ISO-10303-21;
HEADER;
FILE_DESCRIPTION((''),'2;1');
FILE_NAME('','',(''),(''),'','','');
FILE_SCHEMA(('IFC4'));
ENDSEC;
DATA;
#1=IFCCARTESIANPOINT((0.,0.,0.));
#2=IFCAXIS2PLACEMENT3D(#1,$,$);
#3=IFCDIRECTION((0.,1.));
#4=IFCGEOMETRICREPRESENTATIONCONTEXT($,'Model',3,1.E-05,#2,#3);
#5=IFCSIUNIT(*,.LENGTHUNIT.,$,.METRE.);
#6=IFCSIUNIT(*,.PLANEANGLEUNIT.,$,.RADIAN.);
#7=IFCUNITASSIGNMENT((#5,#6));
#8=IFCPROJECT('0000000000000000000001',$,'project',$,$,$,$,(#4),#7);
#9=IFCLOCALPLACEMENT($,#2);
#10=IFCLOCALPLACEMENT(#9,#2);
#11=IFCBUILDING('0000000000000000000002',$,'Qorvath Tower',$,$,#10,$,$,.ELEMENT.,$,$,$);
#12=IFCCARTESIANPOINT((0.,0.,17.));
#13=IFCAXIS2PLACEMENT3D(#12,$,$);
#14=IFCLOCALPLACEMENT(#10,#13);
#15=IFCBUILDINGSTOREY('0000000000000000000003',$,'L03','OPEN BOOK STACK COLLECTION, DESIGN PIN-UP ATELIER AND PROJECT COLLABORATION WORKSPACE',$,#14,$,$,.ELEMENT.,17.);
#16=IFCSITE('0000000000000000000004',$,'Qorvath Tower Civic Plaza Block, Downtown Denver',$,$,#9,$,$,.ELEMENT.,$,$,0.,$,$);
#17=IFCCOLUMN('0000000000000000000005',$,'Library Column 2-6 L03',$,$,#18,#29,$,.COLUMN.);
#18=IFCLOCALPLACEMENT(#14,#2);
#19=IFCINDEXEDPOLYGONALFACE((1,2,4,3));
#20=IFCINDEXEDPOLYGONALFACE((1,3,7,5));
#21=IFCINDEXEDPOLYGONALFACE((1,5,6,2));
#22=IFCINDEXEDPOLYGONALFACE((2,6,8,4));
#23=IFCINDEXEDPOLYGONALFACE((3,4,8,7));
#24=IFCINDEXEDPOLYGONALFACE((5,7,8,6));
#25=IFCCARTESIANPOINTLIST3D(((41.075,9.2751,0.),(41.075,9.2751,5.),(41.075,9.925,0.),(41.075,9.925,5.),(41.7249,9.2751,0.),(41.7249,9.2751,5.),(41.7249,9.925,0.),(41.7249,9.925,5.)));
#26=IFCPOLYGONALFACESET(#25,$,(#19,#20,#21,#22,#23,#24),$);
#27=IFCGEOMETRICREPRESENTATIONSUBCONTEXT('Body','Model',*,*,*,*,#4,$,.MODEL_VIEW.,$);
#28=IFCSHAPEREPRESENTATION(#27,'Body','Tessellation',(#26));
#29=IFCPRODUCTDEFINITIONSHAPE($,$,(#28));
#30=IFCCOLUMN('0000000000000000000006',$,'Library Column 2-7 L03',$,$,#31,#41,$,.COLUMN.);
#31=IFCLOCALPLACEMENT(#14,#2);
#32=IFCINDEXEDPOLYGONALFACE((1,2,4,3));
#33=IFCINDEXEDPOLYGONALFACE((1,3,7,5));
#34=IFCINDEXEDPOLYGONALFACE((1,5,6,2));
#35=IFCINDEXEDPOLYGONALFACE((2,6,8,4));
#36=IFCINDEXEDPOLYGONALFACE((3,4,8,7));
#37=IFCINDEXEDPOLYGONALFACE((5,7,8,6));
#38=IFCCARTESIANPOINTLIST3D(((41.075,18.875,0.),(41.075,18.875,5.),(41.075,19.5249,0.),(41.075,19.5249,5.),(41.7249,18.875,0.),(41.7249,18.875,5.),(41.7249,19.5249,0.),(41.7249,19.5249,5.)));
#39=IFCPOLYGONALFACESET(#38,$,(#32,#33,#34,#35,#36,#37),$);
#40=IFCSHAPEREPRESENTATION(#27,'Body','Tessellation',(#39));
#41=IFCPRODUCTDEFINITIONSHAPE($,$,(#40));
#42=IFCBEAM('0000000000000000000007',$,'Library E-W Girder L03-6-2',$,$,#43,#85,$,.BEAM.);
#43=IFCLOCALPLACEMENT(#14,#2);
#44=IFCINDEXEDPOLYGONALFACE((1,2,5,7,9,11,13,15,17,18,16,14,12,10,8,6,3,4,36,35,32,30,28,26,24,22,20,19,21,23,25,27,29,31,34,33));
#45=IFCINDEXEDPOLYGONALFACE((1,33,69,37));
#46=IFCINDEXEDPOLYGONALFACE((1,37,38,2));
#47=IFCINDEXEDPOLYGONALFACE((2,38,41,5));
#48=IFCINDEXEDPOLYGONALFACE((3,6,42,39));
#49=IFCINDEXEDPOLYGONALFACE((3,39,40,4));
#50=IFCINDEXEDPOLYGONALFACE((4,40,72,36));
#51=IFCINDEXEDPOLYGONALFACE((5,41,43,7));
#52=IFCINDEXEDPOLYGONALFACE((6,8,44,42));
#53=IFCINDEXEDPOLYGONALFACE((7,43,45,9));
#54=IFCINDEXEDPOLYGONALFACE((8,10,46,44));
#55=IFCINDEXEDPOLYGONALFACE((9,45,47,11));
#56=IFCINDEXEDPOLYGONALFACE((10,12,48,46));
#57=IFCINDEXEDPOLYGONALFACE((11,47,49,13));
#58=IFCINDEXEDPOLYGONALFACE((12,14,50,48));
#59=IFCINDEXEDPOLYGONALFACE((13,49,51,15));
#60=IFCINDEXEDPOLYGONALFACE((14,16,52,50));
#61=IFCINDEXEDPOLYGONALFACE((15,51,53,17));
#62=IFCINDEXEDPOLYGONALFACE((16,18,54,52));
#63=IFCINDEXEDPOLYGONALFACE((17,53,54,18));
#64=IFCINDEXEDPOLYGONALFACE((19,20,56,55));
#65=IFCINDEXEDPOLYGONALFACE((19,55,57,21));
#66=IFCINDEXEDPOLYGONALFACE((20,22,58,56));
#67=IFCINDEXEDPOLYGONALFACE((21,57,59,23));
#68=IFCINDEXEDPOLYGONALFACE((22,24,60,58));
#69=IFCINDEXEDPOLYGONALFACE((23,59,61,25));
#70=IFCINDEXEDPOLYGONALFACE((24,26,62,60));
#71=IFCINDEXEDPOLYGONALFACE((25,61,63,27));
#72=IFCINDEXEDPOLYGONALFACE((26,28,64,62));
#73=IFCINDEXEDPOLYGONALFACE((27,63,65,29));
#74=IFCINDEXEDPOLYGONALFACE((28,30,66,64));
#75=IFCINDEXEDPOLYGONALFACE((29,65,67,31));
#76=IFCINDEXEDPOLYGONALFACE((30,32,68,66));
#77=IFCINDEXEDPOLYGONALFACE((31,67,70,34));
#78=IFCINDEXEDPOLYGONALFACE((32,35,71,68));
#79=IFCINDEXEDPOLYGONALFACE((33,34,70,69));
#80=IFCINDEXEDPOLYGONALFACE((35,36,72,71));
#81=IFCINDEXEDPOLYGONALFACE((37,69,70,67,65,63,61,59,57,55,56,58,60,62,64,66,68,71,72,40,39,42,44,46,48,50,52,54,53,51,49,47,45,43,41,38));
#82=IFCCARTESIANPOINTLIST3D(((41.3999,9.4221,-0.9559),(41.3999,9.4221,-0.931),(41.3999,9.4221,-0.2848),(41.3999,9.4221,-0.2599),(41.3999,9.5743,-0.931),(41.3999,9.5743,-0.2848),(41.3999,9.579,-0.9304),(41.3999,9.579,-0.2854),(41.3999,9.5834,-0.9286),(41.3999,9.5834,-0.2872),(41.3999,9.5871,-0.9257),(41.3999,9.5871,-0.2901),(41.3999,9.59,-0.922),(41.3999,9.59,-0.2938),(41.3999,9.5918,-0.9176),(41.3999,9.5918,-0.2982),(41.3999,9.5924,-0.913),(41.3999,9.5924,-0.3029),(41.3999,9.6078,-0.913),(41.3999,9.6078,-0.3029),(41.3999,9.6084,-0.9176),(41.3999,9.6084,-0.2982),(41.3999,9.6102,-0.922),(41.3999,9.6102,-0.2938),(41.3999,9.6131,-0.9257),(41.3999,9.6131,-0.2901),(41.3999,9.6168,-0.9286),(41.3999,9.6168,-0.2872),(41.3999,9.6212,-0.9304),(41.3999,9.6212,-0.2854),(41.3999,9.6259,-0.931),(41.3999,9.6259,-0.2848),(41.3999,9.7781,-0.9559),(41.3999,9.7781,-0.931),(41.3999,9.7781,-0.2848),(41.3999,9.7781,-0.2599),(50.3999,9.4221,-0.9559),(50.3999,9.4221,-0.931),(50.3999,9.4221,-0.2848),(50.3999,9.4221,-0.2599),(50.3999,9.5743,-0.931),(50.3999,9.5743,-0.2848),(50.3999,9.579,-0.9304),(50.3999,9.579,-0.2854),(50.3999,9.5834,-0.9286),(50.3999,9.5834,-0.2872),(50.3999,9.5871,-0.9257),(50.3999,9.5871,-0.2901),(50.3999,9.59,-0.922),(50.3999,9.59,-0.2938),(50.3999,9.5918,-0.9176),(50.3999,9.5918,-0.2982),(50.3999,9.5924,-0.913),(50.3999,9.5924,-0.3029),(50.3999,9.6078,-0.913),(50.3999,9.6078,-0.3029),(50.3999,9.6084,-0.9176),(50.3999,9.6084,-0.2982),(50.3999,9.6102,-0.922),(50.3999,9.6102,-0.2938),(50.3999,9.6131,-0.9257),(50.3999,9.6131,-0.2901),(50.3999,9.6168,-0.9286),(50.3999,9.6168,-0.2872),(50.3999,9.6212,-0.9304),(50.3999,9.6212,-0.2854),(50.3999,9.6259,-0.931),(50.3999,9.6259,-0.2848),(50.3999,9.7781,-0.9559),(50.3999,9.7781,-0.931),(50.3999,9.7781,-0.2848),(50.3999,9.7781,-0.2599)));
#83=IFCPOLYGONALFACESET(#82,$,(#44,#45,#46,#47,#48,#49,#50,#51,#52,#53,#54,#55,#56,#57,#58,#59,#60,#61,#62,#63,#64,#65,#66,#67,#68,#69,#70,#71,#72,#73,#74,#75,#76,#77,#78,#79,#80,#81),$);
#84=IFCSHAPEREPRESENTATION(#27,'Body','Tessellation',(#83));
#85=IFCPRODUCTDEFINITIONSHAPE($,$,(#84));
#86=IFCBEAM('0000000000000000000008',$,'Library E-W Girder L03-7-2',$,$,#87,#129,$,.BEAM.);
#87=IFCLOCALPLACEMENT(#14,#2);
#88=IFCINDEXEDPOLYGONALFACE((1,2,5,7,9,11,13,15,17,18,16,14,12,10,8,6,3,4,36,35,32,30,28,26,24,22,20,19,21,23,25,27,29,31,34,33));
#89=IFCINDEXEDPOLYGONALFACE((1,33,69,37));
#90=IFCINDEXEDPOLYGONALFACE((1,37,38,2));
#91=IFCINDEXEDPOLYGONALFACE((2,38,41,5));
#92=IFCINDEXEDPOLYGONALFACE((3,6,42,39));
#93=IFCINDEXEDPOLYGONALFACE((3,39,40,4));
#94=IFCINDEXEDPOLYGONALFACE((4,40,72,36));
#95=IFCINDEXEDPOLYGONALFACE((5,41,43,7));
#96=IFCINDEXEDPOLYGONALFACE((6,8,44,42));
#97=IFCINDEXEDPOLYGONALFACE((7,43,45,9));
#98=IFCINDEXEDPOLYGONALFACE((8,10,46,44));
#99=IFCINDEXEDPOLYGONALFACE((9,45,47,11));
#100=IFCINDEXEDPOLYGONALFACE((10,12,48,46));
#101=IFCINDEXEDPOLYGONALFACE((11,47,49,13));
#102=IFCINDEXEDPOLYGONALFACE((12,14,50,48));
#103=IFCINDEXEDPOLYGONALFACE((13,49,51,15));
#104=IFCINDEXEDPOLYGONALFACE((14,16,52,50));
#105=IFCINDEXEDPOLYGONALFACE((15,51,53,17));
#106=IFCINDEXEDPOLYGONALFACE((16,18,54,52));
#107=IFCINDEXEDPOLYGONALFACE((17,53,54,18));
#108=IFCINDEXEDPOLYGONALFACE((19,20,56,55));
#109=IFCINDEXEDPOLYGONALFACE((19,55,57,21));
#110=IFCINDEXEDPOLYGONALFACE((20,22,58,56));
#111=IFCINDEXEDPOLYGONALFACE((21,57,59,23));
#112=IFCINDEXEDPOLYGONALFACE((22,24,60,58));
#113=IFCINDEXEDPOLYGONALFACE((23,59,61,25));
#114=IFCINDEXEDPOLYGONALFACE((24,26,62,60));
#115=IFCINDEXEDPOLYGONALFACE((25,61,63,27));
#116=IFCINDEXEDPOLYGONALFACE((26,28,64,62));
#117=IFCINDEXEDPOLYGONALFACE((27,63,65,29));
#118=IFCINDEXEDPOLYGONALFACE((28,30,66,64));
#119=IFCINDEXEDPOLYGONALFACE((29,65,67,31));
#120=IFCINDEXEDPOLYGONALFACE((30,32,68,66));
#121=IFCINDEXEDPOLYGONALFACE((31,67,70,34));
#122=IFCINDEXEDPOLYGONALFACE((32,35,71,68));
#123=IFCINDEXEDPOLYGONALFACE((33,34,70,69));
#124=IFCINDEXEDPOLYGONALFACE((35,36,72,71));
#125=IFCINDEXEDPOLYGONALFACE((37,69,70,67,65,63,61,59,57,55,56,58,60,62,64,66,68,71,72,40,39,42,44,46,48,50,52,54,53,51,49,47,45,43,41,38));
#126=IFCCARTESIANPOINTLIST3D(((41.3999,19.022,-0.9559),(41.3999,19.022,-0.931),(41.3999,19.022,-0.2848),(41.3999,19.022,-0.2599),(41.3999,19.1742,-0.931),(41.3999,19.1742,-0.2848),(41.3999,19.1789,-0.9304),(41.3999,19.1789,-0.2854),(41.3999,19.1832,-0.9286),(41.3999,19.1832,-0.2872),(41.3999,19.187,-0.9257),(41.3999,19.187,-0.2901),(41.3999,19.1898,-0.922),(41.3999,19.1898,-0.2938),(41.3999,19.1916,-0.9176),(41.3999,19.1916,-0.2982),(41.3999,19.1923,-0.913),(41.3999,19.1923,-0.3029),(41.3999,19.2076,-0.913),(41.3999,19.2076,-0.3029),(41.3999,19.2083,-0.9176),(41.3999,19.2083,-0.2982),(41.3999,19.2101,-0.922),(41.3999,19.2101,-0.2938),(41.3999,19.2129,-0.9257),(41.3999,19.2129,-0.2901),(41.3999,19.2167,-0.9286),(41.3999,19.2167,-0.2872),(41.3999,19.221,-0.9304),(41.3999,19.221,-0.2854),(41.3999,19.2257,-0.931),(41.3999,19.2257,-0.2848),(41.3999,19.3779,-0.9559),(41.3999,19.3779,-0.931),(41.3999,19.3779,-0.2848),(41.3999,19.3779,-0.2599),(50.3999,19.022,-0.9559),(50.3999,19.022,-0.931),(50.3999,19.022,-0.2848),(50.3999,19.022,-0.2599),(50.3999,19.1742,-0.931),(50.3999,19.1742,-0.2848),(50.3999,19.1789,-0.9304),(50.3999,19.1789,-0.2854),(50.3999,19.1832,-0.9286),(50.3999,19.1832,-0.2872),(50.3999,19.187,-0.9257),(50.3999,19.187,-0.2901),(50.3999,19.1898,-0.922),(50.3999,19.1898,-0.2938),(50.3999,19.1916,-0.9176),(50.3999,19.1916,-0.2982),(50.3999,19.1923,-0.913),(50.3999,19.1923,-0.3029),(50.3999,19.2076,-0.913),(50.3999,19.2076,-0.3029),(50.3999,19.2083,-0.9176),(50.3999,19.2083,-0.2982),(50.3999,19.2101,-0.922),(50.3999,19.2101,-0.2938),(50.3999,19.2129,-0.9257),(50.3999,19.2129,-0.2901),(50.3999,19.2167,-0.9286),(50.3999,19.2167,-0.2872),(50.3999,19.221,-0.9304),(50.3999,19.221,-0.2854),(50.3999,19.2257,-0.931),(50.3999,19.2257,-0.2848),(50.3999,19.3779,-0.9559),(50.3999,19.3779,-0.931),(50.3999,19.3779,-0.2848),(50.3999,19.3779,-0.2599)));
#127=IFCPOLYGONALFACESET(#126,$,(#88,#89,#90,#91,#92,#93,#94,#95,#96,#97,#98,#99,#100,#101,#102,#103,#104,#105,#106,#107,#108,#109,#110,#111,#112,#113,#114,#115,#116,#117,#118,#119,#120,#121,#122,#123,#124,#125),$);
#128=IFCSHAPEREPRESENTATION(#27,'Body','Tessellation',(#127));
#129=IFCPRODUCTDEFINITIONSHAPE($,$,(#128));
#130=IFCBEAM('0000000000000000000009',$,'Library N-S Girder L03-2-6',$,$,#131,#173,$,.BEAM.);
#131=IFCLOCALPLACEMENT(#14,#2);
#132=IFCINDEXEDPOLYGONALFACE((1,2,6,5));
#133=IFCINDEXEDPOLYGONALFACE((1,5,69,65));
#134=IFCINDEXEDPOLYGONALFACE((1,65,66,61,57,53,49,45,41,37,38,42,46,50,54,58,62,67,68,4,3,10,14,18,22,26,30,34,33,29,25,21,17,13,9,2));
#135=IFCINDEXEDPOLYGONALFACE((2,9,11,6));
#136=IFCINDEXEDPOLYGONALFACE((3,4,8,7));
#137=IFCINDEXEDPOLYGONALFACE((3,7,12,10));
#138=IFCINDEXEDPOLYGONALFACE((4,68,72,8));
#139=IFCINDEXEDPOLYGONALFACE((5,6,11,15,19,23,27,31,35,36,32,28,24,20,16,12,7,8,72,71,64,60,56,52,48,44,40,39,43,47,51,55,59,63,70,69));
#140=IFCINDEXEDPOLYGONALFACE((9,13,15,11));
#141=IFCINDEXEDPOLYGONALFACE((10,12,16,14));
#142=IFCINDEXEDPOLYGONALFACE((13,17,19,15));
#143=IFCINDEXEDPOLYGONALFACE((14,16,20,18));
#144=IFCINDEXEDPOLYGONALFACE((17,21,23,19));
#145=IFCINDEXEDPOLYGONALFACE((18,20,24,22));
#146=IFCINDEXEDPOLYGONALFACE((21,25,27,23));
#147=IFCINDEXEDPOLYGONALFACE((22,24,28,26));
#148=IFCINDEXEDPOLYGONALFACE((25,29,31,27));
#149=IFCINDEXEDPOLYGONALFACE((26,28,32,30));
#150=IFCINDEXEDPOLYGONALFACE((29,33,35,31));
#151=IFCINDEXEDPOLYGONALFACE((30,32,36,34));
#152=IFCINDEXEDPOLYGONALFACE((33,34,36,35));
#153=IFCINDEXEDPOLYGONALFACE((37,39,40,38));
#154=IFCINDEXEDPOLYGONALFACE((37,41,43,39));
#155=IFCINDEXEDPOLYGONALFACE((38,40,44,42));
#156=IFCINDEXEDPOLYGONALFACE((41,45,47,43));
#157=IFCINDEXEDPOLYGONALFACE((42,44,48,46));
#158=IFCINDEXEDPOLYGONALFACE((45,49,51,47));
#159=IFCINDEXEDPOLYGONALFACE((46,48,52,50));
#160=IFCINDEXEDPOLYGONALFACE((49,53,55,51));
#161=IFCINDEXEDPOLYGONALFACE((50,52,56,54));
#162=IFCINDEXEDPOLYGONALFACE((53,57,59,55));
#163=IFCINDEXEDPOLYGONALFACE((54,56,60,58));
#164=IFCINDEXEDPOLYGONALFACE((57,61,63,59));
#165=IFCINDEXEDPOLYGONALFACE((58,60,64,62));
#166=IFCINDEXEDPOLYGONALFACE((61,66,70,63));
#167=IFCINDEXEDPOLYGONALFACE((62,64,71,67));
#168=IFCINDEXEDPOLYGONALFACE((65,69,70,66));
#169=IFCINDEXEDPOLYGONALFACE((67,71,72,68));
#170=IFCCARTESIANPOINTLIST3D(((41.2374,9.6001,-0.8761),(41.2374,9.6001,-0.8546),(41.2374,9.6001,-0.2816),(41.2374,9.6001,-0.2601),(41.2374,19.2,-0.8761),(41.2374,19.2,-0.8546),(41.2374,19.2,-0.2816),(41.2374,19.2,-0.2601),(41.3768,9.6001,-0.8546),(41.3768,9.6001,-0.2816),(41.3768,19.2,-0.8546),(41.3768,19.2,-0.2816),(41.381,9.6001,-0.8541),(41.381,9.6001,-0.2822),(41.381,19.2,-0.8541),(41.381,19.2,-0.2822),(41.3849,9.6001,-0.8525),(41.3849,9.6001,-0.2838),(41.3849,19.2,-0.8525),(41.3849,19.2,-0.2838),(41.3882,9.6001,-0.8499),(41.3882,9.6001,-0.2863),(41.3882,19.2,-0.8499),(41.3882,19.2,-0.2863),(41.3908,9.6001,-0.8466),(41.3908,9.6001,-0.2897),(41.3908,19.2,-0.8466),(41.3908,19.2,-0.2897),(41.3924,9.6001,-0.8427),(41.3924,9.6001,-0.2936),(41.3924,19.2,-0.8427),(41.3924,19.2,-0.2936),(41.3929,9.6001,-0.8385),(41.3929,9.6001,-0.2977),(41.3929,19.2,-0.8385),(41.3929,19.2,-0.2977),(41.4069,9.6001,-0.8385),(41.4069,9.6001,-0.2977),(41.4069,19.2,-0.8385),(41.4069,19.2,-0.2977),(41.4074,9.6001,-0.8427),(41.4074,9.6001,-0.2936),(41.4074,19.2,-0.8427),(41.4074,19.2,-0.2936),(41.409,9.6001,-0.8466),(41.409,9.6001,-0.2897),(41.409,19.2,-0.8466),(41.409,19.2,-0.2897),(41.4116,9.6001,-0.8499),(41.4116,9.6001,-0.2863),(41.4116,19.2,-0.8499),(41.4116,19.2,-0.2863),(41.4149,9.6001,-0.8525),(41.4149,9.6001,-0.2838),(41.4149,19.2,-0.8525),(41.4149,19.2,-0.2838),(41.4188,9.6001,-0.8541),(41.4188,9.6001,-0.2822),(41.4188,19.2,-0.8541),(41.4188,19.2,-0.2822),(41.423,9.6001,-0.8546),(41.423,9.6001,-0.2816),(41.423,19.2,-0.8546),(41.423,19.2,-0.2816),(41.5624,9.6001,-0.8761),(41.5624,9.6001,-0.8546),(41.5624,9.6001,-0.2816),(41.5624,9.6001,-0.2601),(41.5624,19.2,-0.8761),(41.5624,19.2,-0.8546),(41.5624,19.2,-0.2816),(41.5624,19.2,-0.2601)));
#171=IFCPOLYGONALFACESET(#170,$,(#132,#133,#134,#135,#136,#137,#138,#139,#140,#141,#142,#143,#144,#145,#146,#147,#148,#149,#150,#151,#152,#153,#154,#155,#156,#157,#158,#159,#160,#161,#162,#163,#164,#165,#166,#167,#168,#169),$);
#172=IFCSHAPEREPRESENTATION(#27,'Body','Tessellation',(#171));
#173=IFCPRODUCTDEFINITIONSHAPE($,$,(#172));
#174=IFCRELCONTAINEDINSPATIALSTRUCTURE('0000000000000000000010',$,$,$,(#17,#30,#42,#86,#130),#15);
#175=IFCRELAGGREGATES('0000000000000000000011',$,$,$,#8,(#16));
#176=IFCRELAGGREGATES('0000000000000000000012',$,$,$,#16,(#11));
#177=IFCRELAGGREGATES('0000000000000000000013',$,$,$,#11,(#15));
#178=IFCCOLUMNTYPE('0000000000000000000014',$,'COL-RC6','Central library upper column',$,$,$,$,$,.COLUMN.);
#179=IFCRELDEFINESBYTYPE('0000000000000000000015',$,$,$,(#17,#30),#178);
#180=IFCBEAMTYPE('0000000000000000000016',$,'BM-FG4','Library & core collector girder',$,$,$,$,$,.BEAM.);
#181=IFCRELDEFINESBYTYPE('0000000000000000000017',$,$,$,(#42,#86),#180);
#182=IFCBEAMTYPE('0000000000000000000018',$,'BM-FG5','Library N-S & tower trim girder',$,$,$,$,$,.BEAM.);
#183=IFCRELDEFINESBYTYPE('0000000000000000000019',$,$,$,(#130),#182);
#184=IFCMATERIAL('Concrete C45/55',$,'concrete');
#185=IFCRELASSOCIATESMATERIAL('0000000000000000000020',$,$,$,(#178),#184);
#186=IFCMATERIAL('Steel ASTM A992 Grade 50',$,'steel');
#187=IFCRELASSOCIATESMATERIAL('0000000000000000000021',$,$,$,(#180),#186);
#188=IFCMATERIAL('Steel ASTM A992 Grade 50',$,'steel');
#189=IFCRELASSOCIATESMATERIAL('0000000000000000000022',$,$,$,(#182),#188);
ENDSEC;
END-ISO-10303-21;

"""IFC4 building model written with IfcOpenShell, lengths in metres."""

from ifc_helpers import new_model, si_unit, direction, frame, origin, origin_2d, place, context, subcontext, project, spatial, rectangle, i_section, extrude, material, material_profile, profile_set, type_object, element, save


model = new_model("IFC4")

# Units and contexts
model_context = context("Model", 3, precision=1e-05, world=origin(), true_north=direction((0.0, 1.0)))
body_context = subcontext(model_context, "Body", "Model", "MODEL_VIEW")
ifc_project = project(units=[si_unit("LENGTHUNIT", "METRE"), si_unit("PLANEANGLEUNIT", "RADIAN")], contexts=[model_context])

# Site, building, storey
site_placement = place(None, origin())
site = spatial("IfcSite", under=ifc_project, at=site_placement, Name="Qorvath Tower Civic Plaza Block, Downtown Denver", CompositionType="ELEMENT", RefElevation=0.0)
building_placement = place(site_placement, origin())
building = spatial("IfcBuilding", under=site, at=building_placement, Name="Qorvath Tower", CompositionType="ELEMENT")
storey_placement = place(building_placement, frame((0.0, 0.0, 17.0)))
storey = spatial("IfcBuildingStorey", under=building, at=storey_placement, Name="L03", Description="OPEN BOOK STACK COLLECTION, DESIGN PIN-UP ATELIER AND PROJECT COLLABORATION WORKSPACE", CompositionType="ELEMENT", Elevation=17.0)

# Columns
ifc_material_1 = material(Name="Concrete C45/55", Category="concrete")
ifc_material_profile_1 = material_profile(ifc_material_1, rectangle(XDim=0.6499, YDim=0.6499, at=origin_2d()), Name="RC 650x650")
ifc_profile_set_1 = profile_set([ifc_material_profile_1], Name="Concrete C45/55")
column_type = type_object("IfcColumnType", Name="COL-RC6", Description="Central library upper column", PredefinedType="COLUMN", material=ifc_profile_set_1)
for number, where, z_axis, x_axis, name in (
    (1, (41.3999, 9.6001, 0.0), (0.0, 0.0, 1.0), (1.0, 0.0, 0.0), "Library Column 2-6 L03"),
    (2, (41.3999, 19.2, 0.0), (0.0, 0.0, 1.0), (1.0, 0.0, 0.0), "Library Column 2-7 L03"),
):
    element("IfcColumn", number, at=place(storey_placement, frame(where, z_axis=z_axis, x_axis=x_axis)), inside=storey, type_object=column_type, Name=name, PredefinedType="COLUMN", context=body_context, shape_type="SweptSolid", body=[
        extrude(rectangle(XDim=0.6499, YDim=0.6499, at=origin_2d()), origin(), (0.0, 0.0, 1.0), 5.0),
    ])

# Beams
ifc_material_2 = material(Name="Steel ASTM A992 Grade 50", Category="steel")
ifc_material_profile_2 = material_profile(ifc_material_2, i_section(OverallWidth=0.356, OverallDepth=0.696, WebThickness=0.0154, FlangeThickness=0.0249, FilletRadius=0.0181, at=origin_2d()), Name="W27x146")
ifc_profile_set_2 = profile_set([ifc_material_profile_2], Name="Steel ASTM A992 Grade 50")
beam_type_1 = type_object("IfcBeamType", Name="BM-FG4", Description="Library & core collector girder", PredefinedType="BEAM", material=ifc_profile_set_2)
for number, where, z_axis, x_axis, name in (
    (3, (41.3999, 9.6001, -0.6079), (1.0, 0.0, 0.0), (0.0, 1.0, 0.0), "Library E-W Girder L03-6-2"),
    (4, (41.3999, 19.2, -0.6079), (1.0, 0.0, 0.0), (0.0, 1.0, 0.0), "Library E-W Girder L03-7-2"),
):
    element("IfcBeam", number, at=place(storey_placement, frame(where, z_axis=z_axis, x_axis=x_axis)), inside=storey, type_object=beam_type_1, Name=name, PredefinedType="BEAM", context=body_context, shape_type="SweptSolid", body=[
        extrude(i_section(OverallWidth=0.356, OverallDepth=0.696, WebThickness=0.0154, FlangeThickness=0.0249, FilletRadius=0.0181, at=origin_2d()), origin(), (0.0, 0.0, 1.0), 9.0),
    ])
ifc_material_3 = material(Name="Steel ASTM A992 Grade 50", Category="steel")
ifc_material_profile_3 = material_profile(ifc_material_3, i_section(OverallWidth=0.325, OverallDepth=0.616, WebThickness=0.0139, FlangeThickness=0.0215, FilletRadius=0.0161, at=origin_2d()), Name="W24x117")
ifc_profile_set_3 = profile_set([ifc_material_profile_3], Name="Steel ASTM A992 Grade 50")
beam_type_2 = type_object("IfcBeamType", Name="BM-FG5", Description="Library N-S & tower trim girder", PredefinedType="BEAM", material=ifc_profile_set_3)
beam_1_placement = place(storey_placement, frame((41.3999, 9.6001, -0.5681), z_axis=(0.0, 1.0, 0.0), x_axis=(-1.0, 0.0, 0.0)))
element("IfcBeam", 5, at=beam_1_placement, inside=storey, type_object=beam_type_2, Name="Library N-S Girder L03-2-6", PredefinedType="BEAM", context=body_context, shape_type="SweptSolid", body=[
    extrude(i_section(OverallWidth=0.325, OverallDepth=0.616, WebThickness=0.0139, FlangeThickness=0.0215, FilletRadius=0.0161, at=origin_2d()), origin(), (0.0, 0.0, 1.0), 9.5999),
])

save(model, "model.ifc")
